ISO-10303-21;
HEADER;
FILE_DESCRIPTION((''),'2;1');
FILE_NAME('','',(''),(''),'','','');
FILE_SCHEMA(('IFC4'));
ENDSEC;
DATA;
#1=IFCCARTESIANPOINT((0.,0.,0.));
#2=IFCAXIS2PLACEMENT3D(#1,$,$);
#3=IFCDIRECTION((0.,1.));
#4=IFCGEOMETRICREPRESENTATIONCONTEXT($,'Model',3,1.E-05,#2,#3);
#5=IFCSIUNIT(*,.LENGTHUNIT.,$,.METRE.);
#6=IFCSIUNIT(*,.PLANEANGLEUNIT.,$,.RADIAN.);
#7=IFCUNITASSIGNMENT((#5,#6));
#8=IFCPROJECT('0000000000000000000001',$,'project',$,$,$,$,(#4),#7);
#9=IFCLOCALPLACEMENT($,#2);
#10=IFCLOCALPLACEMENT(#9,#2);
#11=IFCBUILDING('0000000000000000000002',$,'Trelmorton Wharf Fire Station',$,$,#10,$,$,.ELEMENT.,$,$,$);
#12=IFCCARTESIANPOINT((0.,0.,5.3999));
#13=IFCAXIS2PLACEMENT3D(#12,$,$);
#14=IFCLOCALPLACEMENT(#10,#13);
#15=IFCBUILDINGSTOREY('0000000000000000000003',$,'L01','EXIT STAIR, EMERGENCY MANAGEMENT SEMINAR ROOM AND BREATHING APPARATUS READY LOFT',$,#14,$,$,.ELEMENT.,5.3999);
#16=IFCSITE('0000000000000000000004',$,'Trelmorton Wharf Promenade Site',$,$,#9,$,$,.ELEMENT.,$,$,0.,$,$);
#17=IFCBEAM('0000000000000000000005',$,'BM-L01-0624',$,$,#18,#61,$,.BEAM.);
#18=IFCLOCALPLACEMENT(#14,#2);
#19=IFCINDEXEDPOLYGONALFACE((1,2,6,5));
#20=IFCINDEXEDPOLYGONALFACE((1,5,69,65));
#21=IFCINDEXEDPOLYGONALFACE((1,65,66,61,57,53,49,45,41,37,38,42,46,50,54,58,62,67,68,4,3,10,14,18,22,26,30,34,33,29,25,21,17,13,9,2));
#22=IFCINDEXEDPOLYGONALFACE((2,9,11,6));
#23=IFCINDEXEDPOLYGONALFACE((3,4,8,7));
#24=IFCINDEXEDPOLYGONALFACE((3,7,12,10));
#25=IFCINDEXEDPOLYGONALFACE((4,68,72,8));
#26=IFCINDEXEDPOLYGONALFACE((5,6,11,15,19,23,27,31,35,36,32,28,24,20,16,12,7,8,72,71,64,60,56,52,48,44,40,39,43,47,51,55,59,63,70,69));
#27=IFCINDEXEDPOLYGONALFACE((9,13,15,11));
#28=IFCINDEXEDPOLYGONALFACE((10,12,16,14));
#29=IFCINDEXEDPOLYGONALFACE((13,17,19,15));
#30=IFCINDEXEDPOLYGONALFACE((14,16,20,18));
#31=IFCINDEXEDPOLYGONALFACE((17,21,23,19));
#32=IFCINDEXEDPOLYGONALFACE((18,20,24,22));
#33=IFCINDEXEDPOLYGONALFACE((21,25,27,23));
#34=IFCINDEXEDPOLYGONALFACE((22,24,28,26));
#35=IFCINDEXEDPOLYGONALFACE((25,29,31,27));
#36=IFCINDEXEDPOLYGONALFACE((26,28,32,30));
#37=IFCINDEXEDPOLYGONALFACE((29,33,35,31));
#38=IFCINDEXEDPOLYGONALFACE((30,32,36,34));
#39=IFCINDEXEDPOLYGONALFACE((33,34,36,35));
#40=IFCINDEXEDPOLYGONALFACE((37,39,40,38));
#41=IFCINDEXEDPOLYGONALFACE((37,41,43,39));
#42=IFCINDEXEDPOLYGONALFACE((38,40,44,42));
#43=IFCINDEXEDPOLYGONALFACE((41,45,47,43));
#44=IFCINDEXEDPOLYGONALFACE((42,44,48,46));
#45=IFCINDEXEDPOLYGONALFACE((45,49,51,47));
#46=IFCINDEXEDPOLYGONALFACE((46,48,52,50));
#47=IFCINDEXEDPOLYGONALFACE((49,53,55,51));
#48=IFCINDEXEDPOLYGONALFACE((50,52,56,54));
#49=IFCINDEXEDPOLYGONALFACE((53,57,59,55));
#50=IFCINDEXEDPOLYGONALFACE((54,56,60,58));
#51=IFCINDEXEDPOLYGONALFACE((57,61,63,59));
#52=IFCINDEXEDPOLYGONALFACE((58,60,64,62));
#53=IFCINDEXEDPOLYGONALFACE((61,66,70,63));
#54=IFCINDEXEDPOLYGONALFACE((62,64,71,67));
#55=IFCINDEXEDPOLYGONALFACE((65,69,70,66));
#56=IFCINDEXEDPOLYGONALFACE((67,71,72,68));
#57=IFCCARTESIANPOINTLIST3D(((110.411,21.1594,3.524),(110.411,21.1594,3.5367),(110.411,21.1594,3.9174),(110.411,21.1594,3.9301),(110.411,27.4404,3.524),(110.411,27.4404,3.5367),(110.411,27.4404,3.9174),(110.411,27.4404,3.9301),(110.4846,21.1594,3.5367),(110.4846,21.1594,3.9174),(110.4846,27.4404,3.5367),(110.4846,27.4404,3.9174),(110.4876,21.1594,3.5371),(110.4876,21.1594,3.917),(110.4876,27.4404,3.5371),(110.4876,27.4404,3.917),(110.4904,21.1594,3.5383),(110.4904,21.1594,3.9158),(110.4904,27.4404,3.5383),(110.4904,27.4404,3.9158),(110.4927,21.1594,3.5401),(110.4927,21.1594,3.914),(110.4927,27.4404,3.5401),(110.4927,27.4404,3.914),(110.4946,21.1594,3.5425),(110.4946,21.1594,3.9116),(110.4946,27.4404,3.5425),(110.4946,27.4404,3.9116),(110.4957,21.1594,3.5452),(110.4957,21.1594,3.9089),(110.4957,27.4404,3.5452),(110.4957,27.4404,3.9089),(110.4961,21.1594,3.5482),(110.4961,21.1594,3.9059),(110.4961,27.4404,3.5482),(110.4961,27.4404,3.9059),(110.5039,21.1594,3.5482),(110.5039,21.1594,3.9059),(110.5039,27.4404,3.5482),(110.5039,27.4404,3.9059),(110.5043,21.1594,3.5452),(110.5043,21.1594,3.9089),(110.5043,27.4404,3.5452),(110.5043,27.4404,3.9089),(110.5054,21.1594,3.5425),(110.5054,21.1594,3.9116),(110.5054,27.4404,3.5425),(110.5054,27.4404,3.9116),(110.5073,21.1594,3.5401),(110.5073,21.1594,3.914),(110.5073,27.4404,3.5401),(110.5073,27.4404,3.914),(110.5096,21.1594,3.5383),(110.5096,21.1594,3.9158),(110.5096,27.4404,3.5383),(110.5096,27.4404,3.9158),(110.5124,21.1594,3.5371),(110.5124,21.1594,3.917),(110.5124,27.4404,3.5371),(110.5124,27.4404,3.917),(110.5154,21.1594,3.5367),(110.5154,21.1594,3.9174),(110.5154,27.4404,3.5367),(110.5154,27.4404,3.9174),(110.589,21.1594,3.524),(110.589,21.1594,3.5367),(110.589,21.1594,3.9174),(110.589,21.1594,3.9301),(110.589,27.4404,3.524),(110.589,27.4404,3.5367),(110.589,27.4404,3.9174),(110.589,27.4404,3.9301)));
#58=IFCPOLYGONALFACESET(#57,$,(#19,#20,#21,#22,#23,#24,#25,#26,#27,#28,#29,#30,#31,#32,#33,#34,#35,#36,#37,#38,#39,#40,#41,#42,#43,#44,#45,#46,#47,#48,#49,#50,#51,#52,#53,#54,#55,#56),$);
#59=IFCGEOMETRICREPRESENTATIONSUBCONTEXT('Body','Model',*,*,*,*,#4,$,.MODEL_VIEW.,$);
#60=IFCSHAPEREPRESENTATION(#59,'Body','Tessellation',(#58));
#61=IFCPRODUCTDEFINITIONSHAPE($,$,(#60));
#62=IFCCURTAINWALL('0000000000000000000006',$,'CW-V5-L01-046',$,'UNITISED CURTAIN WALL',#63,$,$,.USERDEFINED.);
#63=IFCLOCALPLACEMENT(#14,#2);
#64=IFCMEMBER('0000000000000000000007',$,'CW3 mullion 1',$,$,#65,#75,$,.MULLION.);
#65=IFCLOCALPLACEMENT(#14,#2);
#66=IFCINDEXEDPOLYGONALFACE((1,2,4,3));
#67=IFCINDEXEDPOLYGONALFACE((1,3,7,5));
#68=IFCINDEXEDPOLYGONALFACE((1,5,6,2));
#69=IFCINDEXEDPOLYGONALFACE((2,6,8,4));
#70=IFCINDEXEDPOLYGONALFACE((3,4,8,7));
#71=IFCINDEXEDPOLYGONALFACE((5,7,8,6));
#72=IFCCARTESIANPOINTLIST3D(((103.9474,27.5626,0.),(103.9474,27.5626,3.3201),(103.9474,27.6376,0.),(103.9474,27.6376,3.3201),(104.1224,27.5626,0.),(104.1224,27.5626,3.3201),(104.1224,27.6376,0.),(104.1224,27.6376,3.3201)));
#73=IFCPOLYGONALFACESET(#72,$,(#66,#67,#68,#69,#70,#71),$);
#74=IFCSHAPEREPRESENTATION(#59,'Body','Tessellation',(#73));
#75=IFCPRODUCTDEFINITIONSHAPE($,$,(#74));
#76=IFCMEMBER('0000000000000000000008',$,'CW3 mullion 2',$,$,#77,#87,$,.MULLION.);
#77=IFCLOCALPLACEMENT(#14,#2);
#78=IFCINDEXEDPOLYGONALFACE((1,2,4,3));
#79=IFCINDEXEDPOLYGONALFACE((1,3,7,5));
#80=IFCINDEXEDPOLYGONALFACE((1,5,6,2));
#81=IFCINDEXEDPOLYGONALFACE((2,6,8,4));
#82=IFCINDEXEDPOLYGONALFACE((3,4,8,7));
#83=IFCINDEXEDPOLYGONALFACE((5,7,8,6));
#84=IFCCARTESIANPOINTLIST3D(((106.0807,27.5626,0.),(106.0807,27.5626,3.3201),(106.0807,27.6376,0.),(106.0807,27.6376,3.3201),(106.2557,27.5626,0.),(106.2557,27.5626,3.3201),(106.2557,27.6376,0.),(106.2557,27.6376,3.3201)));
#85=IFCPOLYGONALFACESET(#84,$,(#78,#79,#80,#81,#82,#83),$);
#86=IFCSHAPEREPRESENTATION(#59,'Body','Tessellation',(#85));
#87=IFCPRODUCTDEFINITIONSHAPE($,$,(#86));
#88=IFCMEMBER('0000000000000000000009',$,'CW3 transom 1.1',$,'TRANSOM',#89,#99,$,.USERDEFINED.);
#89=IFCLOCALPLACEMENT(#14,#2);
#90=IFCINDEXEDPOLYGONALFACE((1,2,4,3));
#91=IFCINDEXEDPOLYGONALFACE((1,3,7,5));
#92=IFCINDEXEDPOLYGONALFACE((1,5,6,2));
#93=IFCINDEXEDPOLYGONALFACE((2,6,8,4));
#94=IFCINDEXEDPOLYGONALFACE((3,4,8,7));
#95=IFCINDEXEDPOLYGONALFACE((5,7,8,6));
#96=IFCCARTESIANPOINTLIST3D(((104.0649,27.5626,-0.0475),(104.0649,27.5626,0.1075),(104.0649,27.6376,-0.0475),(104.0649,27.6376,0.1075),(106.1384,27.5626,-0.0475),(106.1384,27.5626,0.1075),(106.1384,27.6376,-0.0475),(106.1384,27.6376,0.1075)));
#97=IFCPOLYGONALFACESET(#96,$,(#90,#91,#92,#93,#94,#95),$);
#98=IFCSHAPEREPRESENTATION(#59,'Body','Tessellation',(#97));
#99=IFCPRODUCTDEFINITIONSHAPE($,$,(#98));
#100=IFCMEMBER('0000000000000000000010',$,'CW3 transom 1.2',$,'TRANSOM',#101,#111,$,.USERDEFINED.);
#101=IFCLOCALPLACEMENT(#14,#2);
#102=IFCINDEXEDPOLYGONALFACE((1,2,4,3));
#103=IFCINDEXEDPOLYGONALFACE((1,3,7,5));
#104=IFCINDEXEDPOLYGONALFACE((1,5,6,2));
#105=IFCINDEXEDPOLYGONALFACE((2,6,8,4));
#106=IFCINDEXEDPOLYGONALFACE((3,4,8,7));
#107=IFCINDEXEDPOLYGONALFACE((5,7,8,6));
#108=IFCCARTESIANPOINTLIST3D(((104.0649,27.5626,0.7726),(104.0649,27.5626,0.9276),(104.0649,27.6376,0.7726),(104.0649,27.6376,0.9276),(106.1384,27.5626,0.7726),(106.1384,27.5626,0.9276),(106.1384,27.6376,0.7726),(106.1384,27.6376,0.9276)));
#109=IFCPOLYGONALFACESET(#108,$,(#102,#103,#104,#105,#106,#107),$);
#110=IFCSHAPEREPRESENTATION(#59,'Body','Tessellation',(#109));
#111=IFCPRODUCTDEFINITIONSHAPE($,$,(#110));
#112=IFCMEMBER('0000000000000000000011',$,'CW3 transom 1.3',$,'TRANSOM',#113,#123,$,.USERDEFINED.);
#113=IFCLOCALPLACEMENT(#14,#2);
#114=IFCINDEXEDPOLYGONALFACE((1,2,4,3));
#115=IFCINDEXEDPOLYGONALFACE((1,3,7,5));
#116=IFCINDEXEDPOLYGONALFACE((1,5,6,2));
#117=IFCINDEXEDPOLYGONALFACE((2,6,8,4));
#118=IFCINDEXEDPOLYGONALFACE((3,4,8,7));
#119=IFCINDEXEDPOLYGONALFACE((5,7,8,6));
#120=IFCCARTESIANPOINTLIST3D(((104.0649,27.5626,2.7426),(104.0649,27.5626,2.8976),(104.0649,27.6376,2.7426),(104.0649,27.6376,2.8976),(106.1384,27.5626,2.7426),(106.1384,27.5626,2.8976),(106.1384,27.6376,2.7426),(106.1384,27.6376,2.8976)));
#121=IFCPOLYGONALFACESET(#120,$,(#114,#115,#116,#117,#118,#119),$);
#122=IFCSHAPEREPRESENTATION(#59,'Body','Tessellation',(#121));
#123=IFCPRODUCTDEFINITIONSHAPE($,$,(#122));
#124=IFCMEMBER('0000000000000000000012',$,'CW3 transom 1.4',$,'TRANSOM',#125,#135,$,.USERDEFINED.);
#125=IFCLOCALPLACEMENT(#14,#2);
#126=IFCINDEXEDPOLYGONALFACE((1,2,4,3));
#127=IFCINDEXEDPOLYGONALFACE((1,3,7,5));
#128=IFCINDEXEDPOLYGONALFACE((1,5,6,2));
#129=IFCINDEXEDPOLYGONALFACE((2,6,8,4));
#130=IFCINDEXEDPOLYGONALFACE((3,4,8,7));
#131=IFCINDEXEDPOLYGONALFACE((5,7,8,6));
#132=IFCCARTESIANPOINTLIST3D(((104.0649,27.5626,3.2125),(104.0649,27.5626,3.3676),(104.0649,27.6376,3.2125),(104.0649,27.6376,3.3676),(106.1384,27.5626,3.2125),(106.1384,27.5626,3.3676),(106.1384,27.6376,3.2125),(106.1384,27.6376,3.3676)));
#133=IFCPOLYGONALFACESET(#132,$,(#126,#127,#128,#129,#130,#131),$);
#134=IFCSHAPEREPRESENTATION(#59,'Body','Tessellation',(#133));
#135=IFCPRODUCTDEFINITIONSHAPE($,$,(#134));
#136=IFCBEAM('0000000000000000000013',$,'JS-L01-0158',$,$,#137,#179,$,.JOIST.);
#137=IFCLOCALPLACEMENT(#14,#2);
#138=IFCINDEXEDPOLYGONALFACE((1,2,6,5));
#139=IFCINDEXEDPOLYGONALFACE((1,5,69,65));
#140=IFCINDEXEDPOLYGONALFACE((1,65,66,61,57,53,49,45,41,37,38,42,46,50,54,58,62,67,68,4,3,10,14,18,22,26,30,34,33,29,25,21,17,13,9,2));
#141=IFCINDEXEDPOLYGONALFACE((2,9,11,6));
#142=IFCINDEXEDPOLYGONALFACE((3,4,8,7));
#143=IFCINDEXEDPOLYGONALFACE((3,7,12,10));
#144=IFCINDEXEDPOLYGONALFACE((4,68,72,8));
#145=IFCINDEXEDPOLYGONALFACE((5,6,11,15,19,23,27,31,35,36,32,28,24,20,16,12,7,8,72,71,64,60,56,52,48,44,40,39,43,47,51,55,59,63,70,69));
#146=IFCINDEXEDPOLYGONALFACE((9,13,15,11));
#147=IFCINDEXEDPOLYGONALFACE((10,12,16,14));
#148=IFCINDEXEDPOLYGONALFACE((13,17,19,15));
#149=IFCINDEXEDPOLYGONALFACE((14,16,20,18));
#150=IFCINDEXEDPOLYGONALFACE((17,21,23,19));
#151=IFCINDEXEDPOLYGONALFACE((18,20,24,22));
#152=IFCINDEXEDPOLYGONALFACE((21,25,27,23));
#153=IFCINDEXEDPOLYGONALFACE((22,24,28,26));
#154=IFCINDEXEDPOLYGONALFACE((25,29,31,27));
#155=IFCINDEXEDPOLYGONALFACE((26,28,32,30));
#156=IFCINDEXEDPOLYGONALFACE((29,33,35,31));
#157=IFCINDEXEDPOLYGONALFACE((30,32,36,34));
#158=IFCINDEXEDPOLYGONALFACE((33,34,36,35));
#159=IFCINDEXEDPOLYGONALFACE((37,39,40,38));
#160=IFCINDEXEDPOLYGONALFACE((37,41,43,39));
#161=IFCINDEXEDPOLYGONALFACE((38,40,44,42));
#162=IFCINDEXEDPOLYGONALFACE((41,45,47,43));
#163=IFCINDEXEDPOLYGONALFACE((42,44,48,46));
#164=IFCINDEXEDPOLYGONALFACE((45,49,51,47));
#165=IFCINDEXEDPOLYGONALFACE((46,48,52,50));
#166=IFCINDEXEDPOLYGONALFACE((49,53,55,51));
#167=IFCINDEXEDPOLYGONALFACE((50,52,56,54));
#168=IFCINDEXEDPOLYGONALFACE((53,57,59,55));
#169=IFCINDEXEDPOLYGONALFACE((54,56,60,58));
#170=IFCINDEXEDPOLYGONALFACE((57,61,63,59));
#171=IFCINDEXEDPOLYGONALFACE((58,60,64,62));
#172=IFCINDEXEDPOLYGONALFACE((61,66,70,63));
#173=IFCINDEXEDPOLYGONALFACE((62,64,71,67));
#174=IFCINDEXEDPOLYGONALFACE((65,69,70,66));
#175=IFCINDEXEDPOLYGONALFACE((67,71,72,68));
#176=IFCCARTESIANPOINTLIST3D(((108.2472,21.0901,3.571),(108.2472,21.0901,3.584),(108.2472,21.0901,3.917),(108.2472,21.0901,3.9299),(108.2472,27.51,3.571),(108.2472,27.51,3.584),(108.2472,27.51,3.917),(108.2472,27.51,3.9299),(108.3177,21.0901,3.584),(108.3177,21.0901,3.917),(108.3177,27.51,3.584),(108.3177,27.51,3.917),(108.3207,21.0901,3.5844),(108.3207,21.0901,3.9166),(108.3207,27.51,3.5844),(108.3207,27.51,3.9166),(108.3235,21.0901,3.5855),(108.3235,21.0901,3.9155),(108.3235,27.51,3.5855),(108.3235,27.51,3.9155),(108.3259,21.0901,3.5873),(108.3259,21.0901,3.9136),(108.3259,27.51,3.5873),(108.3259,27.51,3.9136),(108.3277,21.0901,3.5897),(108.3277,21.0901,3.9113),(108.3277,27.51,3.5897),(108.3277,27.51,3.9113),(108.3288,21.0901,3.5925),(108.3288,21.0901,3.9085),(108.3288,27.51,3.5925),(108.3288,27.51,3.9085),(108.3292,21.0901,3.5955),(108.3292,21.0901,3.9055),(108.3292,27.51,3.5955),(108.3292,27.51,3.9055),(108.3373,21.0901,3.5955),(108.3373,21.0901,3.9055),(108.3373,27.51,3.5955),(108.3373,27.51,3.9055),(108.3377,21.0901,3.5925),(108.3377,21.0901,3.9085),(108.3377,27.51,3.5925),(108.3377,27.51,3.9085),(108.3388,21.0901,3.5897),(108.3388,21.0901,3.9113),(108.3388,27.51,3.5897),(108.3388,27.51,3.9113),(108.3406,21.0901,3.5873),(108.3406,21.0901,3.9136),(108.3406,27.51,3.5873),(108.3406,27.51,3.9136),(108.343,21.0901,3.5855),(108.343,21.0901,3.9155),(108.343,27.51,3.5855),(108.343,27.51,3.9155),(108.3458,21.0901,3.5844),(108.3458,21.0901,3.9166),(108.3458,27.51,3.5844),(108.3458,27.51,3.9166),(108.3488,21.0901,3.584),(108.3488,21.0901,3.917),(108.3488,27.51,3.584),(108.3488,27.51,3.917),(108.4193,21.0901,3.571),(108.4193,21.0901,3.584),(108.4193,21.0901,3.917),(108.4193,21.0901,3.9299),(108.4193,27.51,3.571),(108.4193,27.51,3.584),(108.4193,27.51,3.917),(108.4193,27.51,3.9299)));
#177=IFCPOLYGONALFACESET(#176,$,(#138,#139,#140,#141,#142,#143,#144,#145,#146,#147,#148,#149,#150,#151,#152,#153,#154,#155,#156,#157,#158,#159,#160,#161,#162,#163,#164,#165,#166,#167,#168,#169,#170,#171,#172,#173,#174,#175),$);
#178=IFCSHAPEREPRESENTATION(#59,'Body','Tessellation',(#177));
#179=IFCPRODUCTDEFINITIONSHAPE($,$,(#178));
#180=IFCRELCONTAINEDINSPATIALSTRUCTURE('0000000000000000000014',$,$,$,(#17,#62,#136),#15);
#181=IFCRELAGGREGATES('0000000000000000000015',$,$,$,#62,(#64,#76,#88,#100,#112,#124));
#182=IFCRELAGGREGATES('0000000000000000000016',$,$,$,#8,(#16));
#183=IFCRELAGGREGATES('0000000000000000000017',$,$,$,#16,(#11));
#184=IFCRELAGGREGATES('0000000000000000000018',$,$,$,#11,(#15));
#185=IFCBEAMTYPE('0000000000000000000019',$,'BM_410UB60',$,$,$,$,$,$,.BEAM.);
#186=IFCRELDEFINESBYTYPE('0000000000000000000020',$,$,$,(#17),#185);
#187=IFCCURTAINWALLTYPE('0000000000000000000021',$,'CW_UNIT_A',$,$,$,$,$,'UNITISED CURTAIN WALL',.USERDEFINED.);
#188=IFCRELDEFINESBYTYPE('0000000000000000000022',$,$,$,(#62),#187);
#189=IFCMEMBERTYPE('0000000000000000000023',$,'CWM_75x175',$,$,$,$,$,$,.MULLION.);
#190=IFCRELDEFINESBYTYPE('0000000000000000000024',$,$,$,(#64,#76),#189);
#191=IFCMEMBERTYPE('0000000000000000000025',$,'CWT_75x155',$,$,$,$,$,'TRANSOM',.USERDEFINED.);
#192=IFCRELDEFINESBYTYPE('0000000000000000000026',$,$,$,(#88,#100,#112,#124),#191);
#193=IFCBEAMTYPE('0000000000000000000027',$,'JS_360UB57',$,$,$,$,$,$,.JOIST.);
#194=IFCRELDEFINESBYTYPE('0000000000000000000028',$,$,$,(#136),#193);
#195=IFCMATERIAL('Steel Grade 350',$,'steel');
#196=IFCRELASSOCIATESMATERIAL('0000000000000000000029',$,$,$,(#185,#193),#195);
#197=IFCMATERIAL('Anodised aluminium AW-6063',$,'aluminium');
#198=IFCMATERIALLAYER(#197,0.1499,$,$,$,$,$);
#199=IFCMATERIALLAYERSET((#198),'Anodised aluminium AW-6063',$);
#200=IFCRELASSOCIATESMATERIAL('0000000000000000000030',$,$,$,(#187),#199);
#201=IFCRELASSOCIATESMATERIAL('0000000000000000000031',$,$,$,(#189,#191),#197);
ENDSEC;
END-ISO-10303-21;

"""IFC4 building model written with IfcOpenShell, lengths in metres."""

from ifc_helpers import new_model, si_unit, direction, frame, origin, origin_2d, place, context, subcontext, project, spatial, rectangle, i_section, extrude, material, layer, layer_set, material_profile, profile_set, type_object, element, aggregate, save


model = new_model("IFC4")

# Units and contexts
model_context = context("Model", 3, precision=1e-05, world=origin(), true_north=direction((0.0, 1.0)))
body_context = subcontext(model_context, "Body", "Model", "MODEL_VIEW")
ifc_project = project(units=[si_unit("LENGTHUNIT", "METRE"), si_unit("PLANEANGLEUNIT", "RADIAN")], contexts=[model_context])

# Site, building, storey
site_placement = place(None, origin())
site = spatial("IfcSite", under=ifc_project, at=site_placement, Name="Trelmorton Wharf Promenade Site", CompositionType="ELEMENT", RefElevation=0.0)
building_placement = place(site_placement, origin())
building = spatial("IfcBuilding", under=site, at=building_placement, Name="Trelmorton Wharf Fire Station", CompositionType="ELEMENT")
storey_placement = place(building_placement, frame((0.0, 0.0, 5.3999)))
storey = spatial("IfcBuildingStorey", under=building, at=storey_placement, Name="L01", Description="EXIT STAIR, EMERGENCY MANAGEMENT SEMINAR ROOM AND BREATHING APPARATUS READY LOFT", CompositionType="ELEMENT", Elevation=5.3999)

# Shared definitions
ifc_material_1 = material(Name="Steel Grade 350", Category="steel")

# Beam
ifc_material_profile_1 = material_profile(ifc_material_1, i_section(OverallWidth=0.178, OverallDepth=0.406, WebThickness=0.0078, FlangeThickness=0.0127, FilletRadius=0.0115, at=origin_2d()), Name="410UB59.7")
ifc_profile_set_1 = profile_set([ifc_material_profile_1], Name="Steel Grade 350")
beam_type_1 = type_object("IfcBeamType", Name="BM_410UB60", PredefinedType="BEAM", material=ifc_profile_set_1)
for number, where, z_axis, x_axis, name in (
    (1, (110.5, 21.1594, 3.7271), (0.0, 1.0, 0.0), (-1.0, 0.0, 0.0), "BM-L01-0624"),
):
    element("IfcBeam", number, at=place(storey_placement, frame(where, z_axis=z_axis, x_axis=x_axis)), inside=storey, type_object=beam_type_1, Name=name, PredefinedType="BEAM", context=body_context, shape_type="SweptSolid", body=[
        extrude(i_section(OverallWidth=0.178, OverallDepth=0.406, WebThickness=0.0078, FlangeThickness=0.0127, FilletRadius=0.0115, at=origin_2d()), origin(), (0.0, 0.0, 1.0), 6.281),
    ])

# Curtain wall, members
ifc_material_2 = material(Name="Anodised aluminium AW-6063", Category="aluminium")
ifc_layer_1 = layer(ifc_material_2, 0.1499)
ifc_layer_set_1 = layer_set([ifc_layer_1], Name="Anodised aluminium AW-6063")
curtain_wall_type = type_object("IfcCurtainWallType", Name="CW_UNIT_A", ElementType="UNITISED CURTAIN WALL", PredefinedType="USERDEFINED", material=ifc_layer_set_1)
curtain_wall_placement = place(storey_placement, origin())
curtain_wall = element("IfcCurtainWall", 2, at=curtain_wall_placement, inside=storey, type_object=curtain_wall_type, Name="CW-V5-L01-046", ObjectType="UNITISED CURTAIN WALL", PredefinedType="USERDEFINED")
ifc_material_profile_2 = material_profile(ifc_material_2, rectangle(XDim=0.075, YDim=0.175, at=origin_2d()), Name="ALU-75x175")
ifc_profile_set_2 = profile_set([ifc_material_profile_2], Name="Anodised aluminium AW-6063")
member_type_1 = type_object("IfcMemberType", Name="CWM_75x175", PredefinedType="MULLION", material=ifc_profile_set_2)
member_1_placement = place(storey_placement, frame((104.0349, 27.6001, 0.0), z_axis=(0.0, 0.0, 1.0), x_axis=(0.0, 1.0, 0.0)))
member_1 = element("IfcMember", 3, at=member_1_placement, type_object=member_type_1, Name="CW3 mullion 1", PredefinedType="MULLION", context=body_context, shape_type="SweptSolid", body=[
    extrude(rectangle(XDim=0.075, YDim=0.175, at=origin_2d()), origin(), (0.0, 0.0, 1.0), 3.3201),
])
member_2_placement = place(storey_placement, frame((106.1682, 27.6001, 0.0), z_axis=(0.0, 0.0, 1.0), x_axis=(0.0, 1.0, 0.0)))
member_2 = element("IfcMember", 4, at=member_2_placement, type_object=member_type_1, Name="CW3 mullion 2", PredefinedType="MULLION", context=body_context, shape_type="SweptSolid", body=[
    extrude(rectangle(XDim=0.075, YDim=0.175, at=origin_2d()), origin(), (0.0, 0.0, 1.0), 3.3201),
])
ifc_material_profile_3 = material_profile(ifc_material_2, rectangle(XDim=0.075, YDim=0.155, at=origin_2d()), Name="ALU-75x155")
ifc_profile_set_3 = profile_set([ifc_material_profile_3], Name="Anodised aluminium AW-6063")
member_type_2 = type_object("IfcMemberType", Name="CWT_75x155", ElementType="TRANSOM", PredefinedType="USERDEFINED", material=ifc_profile_set_3)
member_3_placement = place(storey_placement, frame((104.0649, 27.6001, 0.03), z_axis=(1.0, 0.0, 0.0), x_axis=(0.0, 1.0, 0.0)))
member_3 = element("IfcMember", 5, at=member_3_placement, type_object=member_type_2, Name="CW3 transom 1.1", ObjectType="TRANSOM", PredefinedType="USERDEFINED", context=body_context, shape_type="SweptSolid", body=[
    extrude(rectangle(XDim=0.075, YDim=0.155, at=origin_2d()), origin(), (0.0, 0.0, 1.0), 2.0735),
])
member_4_placement = place(storey_placement, frame((104.0649, 27.6001, 0.8501), z_axis=(1.0, 0.0, 0.0), x_axis=(0.0, 1.0, 0.0)))
member_4 = element("IfcMember", 6, at=member_4_placement, type_object=member_type_2, Name="CW3 transom 1.2", ObjectType="TRANSOM", PredefinedType="USERDEFINED", context=body_context, shape_type="SweptSolid", body=[
    extrude(rectangle(XDim=0.075, YDim=0.155, at=origin_2d()), origin(), (0.0, 0.0, 1.0), 2.0735),
])
member_5_placement = place(storey_placement, frame((104.0649, 27.6001, 2.8201), z_axis=(1.0, 0.0, 0.0), x_axis=(0.0, 1.0, 0.0)))
member_5 = element("IfcMember", 7, at=member_5_placement, type_object=member_type_2, Name="CW3 transom 1.3", ObjectType="TRANSOM", PredefinedType="USERDEFINED", context=body_context, shape_type="SweptSolid", body=[
    extrude(rectangle(XDim=0.075, YDim=0.155, at=origin_2d()), origin(), (0.0, 0.0, 1.0), 2.0735),
])
member_6_placement = place(storey_placement, frame((104.0649, 27.6001, 3.29), z_axis=(1.0, 0.0, 0.0), x_axis=(0.0, 1.0, 0.0)))
member_6 = element("IfcMember", 8, at=member_6_placement, type_object=member_type_2, Name="CW3 transom 1.4", ObjectType="TRANSOM", PredefinedType="USERDEFINED", context=body_context, shape_type="SweptSolid", body=[
    extrude(rectangle(XDim=0.075, YDim=0.155, at=origin_2d()), origin(), (0.0, 0.0, 1.0), 2.0735),
])

# Beam
ifc_material_profile_4 = material_profile(ifc_material_1, i_section(OverallWidth=0.1721, OverallDepth=0.3589, WebThickness=0.0081, FlangeThickness=0.0129, FilletRadius=0.0115, at=origin_2d()), Name="360UB56.7")
ifc_profile_set_4 = profile_set([ifc_material_profile_4], Name="Steel Grade 350")
beam_type_2 = type_object("IfcBeamType", Name="JS_360UB57", PredefinedType="JOIST", material=ifc_profile_set_4)
beam_1_placement = place(storey_placement, frame((108.3333, 21.0901, 3.7505), z_axis=(0.0, 1.0, 0.0), x_axis=(-1.0, 0.0, 0.0)))
element("IfcBeam", 9, at=beam_1_placement, inside=storey, type_object=beam_type_2, Name="JS-L01-0158", PredefinedType="JOIST", context=body_context, shape_type="SweptSolid", body=[
    extrude(i_section(OverallWidth=0.1721, OverallDepth=0.3589, WebThickness=0.0081, FlangeThickness=0.0129, FilletRadius=0.0115, at=origin_2d()), origin(), (0.0, 0.0, 1.0), 6.4199),
])

aggregate(curtain_wall, [member_1, member_2, member_3, member_4, member_5, member_6])

save(model, "model.ifc")
